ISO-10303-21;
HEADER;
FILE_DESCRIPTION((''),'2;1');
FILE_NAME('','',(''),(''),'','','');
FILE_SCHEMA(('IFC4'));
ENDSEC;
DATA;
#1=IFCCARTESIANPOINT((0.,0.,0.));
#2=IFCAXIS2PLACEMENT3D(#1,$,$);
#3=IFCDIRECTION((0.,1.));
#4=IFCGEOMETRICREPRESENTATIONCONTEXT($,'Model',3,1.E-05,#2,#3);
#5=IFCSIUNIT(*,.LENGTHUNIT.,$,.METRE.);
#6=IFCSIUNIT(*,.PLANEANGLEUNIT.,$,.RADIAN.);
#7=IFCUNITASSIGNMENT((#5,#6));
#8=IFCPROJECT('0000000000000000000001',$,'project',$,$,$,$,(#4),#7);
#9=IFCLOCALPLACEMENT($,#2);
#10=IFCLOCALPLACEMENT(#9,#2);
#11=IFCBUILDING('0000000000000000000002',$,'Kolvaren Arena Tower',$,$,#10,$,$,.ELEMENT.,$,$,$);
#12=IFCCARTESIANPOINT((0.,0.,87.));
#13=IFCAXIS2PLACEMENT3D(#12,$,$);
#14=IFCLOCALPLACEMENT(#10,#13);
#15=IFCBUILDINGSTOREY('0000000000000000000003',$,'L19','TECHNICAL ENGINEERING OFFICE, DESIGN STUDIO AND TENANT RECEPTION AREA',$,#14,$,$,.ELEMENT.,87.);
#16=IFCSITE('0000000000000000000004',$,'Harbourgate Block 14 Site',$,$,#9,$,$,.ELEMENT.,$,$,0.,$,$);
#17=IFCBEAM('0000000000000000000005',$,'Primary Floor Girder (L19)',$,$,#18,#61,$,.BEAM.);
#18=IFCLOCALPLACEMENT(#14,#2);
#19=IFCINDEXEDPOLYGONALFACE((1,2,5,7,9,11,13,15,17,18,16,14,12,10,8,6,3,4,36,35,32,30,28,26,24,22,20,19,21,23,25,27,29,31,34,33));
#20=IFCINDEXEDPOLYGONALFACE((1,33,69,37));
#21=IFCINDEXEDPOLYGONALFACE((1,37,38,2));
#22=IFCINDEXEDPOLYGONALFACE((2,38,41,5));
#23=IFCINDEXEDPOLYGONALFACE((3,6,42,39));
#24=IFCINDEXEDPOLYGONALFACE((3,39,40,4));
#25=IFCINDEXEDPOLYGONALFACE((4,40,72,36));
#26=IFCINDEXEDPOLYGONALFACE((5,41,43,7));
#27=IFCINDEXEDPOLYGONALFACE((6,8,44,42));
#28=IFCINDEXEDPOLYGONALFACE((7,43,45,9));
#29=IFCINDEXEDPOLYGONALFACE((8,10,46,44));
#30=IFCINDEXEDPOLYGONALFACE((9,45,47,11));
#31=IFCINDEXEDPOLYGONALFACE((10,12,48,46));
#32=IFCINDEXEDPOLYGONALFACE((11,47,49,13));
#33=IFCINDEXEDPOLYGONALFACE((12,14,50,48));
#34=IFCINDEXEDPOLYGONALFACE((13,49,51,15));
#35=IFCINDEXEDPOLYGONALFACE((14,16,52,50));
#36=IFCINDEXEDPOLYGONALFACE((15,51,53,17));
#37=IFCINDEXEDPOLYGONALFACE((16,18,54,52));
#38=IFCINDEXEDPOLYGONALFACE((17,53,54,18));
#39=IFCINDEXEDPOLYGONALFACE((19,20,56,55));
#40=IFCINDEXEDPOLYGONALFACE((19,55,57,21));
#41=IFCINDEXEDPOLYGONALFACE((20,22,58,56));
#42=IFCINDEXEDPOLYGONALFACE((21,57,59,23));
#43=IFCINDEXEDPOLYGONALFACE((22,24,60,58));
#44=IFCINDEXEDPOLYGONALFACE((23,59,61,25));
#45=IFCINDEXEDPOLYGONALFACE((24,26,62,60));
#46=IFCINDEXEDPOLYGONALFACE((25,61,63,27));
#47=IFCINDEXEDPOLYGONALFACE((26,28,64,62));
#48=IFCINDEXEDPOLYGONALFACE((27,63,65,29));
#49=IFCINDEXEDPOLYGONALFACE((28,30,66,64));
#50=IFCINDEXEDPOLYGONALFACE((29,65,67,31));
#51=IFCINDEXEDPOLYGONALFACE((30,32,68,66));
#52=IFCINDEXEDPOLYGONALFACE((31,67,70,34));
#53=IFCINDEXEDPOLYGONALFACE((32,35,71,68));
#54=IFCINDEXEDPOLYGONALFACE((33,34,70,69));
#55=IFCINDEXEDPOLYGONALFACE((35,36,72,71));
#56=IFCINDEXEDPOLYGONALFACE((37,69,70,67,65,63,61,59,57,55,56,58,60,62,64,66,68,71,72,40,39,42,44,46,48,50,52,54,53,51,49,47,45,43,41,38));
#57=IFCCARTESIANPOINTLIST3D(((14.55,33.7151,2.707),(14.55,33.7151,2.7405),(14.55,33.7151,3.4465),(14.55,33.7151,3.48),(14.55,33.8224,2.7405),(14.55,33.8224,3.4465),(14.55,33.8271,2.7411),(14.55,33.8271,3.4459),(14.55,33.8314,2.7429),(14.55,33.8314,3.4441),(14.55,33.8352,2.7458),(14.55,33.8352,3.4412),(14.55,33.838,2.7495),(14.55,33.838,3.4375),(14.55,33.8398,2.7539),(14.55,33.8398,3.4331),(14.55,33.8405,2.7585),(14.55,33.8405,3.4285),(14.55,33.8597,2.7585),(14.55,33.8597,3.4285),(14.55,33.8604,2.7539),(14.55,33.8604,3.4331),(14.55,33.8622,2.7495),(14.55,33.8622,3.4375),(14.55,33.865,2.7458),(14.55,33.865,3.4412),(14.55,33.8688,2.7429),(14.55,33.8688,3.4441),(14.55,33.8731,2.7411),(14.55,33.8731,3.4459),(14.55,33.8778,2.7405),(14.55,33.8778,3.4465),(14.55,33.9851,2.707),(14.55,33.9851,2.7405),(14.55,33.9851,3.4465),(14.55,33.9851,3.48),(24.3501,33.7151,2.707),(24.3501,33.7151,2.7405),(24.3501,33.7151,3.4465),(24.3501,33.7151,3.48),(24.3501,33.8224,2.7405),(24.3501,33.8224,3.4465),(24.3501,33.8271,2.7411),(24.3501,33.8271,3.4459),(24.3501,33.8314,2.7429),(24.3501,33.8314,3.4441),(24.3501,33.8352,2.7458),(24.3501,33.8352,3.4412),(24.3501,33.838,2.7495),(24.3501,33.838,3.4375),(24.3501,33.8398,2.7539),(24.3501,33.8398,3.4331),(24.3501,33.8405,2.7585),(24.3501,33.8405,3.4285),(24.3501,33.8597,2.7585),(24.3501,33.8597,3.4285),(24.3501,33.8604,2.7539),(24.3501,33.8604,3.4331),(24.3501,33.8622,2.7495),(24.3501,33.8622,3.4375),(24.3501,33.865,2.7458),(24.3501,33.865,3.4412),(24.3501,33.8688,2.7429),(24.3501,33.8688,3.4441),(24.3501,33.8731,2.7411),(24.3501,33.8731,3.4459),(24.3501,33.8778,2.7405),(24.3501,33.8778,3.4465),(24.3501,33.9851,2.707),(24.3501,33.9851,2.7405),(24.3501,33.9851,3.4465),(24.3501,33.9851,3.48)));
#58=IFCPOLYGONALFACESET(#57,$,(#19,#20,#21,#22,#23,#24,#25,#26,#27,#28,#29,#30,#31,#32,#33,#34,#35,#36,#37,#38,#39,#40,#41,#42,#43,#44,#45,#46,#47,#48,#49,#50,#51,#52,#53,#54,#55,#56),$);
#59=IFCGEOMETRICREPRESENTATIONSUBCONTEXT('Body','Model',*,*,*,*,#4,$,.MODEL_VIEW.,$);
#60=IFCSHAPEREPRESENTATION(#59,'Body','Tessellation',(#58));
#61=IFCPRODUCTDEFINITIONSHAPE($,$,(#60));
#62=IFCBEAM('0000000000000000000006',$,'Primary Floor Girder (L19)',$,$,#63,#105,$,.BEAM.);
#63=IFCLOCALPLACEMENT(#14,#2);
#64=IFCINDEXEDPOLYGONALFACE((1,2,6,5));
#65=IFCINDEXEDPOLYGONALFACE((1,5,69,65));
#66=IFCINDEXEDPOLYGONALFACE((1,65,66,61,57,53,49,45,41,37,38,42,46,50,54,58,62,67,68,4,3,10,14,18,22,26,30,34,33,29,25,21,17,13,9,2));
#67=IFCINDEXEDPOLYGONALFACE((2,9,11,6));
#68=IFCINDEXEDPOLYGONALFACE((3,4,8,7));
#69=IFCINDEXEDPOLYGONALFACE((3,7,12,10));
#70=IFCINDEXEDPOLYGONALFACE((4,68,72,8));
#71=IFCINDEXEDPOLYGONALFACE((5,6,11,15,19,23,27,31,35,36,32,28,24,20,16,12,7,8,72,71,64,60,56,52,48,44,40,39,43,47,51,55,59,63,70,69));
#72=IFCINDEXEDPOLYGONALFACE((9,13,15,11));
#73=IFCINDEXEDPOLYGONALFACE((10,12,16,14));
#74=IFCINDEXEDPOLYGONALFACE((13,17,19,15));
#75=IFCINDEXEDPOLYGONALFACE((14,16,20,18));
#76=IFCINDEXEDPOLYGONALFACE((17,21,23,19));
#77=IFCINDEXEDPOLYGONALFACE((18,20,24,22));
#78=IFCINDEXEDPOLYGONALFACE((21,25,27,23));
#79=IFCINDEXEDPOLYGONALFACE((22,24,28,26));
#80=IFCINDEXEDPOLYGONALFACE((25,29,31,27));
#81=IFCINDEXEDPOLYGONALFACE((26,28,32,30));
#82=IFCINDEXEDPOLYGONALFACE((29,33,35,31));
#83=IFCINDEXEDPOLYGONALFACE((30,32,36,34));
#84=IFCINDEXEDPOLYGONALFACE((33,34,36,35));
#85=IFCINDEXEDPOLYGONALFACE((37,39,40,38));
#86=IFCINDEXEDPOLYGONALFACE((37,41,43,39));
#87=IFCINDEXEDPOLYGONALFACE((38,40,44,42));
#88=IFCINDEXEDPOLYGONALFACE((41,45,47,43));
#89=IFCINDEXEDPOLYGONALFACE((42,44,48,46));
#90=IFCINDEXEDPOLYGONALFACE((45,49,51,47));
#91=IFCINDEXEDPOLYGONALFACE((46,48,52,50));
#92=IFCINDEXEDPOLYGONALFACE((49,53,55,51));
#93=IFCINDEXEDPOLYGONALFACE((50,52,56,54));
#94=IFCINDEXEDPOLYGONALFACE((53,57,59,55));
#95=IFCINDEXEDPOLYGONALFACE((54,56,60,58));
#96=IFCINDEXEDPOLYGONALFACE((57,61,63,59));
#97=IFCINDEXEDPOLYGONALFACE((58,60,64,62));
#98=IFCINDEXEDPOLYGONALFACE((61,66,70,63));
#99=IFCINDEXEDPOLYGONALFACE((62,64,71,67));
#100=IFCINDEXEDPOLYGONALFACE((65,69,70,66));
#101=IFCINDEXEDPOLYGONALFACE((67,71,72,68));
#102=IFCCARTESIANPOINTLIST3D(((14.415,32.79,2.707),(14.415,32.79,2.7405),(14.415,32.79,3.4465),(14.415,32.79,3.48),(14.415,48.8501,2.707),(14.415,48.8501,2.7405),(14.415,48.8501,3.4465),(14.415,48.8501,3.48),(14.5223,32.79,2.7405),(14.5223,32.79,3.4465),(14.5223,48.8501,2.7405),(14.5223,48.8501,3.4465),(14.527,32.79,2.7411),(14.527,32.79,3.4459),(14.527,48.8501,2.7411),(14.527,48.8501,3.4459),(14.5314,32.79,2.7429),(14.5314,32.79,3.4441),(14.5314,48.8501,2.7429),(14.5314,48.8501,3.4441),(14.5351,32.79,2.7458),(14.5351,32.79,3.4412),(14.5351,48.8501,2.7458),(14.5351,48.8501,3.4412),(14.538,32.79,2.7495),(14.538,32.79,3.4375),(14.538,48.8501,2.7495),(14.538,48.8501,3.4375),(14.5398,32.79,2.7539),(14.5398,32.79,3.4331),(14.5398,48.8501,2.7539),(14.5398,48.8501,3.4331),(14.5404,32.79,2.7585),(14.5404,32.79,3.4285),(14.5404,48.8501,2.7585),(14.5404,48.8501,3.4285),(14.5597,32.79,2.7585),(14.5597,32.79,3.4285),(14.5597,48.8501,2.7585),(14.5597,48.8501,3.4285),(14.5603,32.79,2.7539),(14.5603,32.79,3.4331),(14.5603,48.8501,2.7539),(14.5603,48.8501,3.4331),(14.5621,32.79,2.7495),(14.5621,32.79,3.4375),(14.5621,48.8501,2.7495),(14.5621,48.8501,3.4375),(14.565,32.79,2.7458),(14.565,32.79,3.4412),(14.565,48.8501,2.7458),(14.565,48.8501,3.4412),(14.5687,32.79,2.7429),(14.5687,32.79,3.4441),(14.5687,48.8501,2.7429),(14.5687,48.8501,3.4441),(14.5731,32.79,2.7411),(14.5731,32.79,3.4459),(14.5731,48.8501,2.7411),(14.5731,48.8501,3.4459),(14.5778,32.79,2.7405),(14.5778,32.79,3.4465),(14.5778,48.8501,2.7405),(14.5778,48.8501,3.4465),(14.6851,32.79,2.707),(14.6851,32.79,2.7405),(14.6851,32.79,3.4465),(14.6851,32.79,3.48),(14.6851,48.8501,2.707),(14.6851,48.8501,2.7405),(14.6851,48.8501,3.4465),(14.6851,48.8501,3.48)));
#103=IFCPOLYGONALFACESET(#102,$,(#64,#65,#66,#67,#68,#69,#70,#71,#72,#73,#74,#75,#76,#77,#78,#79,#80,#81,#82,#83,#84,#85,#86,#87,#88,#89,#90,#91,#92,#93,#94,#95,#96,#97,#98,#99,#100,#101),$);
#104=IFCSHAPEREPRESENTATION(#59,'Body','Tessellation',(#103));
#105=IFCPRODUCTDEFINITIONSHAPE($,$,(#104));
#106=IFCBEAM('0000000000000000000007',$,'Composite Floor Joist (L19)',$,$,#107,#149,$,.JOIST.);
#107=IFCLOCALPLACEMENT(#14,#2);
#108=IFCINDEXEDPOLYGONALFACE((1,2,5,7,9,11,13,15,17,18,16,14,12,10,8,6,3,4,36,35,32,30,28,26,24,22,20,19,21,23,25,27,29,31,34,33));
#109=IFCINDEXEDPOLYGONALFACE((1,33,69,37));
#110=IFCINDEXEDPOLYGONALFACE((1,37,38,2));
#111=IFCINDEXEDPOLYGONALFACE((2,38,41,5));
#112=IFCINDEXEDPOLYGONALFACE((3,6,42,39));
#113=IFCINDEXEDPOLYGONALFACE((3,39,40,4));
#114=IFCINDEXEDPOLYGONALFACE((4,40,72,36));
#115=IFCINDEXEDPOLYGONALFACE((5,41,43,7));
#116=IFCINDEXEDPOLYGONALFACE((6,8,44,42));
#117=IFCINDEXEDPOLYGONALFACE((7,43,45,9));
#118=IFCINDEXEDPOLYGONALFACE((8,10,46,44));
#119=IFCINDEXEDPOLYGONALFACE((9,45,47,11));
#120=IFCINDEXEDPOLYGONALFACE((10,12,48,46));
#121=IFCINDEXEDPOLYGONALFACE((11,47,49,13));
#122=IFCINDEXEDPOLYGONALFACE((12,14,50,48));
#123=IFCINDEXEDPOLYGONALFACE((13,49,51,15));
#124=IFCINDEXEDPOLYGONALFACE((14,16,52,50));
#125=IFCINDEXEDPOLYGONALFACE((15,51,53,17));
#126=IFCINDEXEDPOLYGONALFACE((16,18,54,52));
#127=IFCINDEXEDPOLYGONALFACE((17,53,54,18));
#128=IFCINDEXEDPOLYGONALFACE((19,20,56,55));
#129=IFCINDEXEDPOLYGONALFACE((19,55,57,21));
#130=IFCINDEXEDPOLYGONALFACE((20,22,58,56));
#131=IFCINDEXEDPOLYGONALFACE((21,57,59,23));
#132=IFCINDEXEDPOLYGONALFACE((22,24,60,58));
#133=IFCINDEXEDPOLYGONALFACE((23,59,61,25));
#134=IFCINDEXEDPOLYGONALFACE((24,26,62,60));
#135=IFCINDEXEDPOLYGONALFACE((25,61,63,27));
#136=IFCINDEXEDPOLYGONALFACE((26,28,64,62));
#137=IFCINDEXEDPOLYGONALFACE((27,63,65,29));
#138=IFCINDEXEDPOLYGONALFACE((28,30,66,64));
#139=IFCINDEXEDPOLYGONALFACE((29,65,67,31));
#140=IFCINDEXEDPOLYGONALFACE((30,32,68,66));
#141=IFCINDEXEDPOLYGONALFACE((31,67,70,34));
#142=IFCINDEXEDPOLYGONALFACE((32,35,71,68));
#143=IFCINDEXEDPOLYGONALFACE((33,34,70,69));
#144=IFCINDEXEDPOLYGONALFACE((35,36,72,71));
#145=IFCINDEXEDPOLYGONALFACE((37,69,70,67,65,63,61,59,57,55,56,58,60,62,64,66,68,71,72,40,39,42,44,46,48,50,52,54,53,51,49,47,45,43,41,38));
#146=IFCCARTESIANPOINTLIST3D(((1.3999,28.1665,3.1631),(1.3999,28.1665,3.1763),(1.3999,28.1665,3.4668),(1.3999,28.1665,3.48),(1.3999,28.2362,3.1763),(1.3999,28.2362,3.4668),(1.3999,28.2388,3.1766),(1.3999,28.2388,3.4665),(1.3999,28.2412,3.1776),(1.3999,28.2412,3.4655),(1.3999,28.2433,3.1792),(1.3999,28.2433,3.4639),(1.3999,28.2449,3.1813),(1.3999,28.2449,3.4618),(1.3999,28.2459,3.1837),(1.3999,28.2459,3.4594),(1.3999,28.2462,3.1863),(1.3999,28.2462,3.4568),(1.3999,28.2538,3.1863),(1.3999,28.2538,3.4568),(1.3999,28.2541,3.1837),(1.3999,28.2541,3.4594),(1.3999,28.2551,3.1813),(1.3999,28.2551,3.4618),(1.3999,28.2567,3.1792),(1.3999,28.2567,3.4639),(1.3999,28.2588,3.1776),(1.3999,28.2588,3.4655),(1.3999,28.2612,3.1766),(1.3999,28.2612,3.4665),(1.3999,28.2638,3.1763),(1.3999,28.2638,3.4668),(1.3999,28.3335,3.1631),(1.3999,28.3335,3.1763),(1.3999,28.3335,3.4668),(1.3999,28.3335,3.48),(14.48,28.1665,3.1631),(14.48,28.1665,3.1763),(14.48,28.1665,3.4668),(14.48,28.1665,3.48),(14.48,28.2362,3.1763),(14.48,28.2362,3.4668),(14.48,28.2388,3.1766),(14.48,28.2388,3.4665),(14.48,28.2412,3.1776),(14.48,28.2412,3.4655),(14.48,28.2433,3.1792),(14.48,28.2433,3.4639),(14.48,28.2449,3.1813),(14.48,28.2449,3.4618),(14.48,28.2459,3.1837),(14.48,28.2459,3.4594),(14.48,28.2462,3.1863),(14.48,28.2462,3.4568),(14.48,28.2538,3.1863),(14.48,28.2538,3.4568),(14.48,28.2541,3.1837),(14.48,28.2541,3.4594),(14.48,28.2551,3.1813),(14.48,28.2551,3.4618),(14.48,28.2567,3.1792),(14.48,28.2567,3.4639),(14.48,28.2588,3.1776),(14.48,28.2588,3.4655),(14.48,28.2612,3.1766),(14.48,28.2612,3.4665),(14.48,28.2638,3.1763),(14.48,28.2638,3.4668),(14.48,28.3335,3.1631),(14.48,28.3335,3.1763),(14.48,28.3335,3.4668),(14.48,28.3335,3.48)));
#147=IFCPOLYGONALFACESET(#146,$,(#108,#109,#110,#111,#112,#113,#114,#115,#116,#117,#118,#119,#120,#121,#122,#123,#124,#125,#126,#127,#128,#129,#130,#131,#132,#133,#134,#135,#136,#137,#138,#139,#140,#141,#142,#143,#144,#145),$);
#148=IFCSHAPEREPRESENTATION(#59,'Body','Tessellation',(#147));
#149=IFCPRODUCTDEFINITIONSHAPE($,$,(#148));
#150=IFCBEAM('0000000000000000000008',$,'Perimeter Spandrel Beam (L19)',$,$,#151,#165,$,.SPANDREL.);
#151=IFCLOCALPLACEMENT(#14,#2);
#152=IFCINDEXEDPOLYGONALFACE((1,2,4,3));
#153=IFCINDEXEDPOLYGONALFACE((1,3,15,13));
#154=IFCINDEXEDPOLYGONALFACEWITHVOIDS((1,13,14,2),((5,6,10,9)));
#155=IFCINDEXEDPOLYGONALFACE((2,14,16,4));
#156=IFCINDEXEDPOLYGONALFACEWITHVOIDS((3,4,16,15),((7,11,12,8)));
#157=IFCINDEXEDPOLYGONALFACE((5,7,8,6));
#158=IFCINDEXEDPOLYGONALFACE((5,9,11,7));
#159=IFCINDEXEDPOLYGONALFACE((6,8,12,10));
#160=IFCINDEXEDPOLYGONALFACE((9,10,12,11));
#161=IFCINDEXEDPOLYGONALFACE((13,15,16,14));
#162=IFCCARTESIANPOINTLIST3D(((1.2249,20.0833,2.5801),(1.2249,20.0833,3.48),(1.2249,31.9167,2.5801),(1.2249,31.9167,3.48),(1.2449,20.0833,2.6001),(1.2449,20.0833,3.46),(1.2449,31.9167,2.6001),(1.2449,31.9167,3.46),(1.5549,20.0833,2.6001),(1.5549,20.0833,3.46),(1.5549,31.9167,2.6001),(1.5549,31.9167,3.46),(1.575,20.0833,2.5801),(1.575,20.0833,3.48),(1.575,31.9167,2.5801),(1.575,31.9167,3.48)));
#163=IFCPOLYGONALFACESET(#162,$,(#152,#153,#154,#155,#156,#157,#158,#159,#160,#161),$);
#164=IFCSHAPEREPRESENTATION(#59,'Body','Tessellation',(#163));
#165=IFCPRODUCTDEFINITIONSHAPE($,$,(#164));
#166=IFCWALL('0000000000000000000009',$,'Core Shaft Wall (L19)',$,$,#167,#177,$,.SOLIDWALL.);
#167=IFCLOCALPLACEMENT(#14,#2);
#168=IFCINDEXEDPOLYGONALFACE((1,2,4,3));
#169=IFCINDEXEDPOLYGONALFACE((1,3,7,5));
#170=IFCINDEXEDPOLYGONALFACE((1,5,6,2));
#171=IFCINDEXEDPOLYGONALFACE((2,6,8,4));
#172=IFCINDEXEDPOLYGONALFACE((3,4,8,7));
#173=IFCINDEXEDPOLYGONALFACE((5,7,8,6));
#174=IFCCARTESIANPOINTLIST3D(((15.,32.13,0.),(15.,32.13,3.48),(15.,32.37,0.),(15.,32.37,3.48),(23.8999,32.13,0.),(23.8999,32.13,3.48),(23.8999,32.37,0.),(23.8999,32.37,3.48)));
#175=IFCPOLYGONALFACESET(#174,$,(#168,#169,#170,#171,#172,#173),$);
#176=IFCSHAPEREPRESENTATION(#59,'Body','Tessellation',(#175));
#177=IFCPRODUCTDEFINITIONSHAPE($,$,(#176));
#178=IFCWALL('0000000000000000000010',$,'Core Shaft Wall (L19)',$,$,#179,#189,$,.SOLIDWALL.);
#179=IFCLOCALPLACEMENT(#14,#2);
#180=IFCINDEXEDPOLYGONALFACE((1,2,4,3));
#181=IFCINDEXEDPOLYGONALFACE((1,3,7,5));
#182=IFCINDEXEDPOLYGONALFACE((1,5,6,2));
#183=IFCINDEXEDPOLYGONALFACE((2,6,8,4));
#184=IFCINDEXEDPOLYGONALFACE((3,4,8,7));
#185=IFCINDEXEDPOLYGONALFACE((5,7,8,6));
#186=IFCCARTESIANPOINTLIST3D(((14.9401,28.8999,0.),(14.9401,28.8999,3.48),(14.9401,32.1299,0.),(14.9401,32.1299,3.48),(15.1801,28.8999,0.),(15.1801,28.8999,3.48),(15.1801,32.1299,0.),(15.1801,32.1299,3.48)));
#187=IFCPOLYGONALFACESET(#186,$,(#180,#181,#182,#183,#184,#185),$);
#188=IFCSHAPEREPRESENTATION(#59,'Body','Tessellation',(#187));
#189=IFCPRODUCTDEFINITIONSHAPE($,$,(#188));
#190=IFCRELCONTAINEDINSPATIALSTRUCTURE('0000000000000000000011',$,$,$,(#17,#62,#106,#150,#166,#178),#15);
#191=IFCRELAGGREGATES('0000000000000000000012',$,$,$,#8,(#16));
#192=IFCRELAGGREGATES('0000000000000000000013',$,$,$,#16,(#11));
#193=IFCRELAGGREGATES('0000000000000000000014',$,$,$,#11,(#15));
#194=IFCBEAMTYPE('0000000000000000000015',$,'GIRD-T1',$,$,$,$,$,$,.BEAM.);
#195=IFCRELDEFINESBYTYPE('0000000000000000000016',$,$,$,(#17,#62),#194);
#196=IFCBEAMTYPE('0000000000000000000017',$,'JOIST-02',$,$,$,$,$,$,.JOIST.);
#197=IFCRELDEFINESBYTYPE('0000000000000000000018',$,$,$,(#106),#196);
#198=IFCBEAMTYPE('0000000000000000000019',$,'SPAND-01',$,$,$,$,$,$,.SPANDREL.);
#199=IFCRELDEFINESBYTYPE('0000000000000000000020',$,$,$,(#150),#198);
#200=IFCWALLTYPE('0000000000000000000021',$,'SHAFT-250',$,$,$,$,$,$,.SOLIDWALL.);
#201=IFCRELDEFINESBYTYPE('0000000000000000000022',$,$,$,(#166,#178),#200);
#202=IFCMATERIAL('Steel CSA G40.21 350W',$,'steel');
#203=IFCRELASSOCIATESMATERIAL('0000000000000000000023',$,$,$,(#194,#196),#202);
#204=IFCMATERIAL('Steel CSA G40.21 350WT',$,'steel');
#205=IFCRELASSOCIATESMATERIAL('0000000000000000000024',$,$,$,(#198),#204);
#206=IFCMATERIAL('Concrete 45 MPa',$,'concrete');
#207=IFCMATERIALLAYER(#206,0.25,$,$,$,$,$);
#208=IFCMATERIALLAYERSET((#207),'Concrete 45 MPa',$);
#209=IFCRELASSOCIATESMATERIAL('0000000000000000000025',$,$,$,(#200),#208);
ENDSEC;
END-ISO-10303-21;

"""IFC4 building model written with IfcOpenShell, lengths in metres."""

from ifc_helpers import new_model, si_unit, direction, frame, frame_2d, origin, origin_2d, place, context, subcontext, project, spatial, rectangle, hollow_rectangle, i_section, extrude, material, layer, layer_set, material_profile, profile_set, type_object, element, save


model = new_model("IFC4")

# Units and contexts
model_context = context("Model", 3, precision=1e-05, world=origin(), true_north=direction((0.0, 1.0)))
body_context = subcontext(model_context, "Body", "Model", "MODEL_VIEW")
ifc_project = project(units=[si_unit("LENGTHUNIT", "METRE"), si_unit("PLANEANGLEUNIT", "RADIAN")], contexts=[model_context])

# Site, building, storey
site_placement = place(None, origin())
site = spatial("IfcSite", under=ifc_project, at=site_placement, Name="Harbourgate Block 14 Site", CompositionType="ELEMENT", RefElevation=0.0)
building_placement = place(site_placement, origin())
building = spatial("IfcBuilding", under=site, at=building_placement, Name="Kolvaren Arena Tower", CompositionType="ELEMENT")
storey_placement = place(building_placement, frame((0.0, 0.0, 87.0)))
storey = spatial("IfcBuildingStorey", under=building, at=storey_placement, Name="L19", Description="TECHNICAL ENGINEERING OFFICE, DESIGN STUDIO AND TENANT RECEPTION AREA", CompositionType="ELEMENT", Elevation=87.0)

# Beams
ifc_material_1 = material(Name="Steel CSA G40.21 350W", Category="steel")
ifc_material_profile_1 = material_profile(ifc_material_1, i_section(OverallWidth=0.27, OverallDepth=0.7729, WebThickness=0.0193, FlangeThickness=0.0334, FilletRadius=0.0181, at=origin_2d()), Name="W760x257")
ifc_profile_set_1 = profile_set([ifc_material_profile_1], Name="Steel CSA G40.21 350W")
beam_type_1 = type_object("IfcBeamType", Name="GIRD-T1", PredefinedType="BEAM", material=ifc_profile_set_1)
beam_1_placement = place(storey_placement, frame((14.55, 33.8501, 3.0935), z_axis=(1.0, 0.0, 0.0), x_axis=(0.0, 1.0, 0.0)))
element("IfcBeam", 1, at=beam_1_placement, inside=storey, type_object=beam_type_1, Name="Primary Floor Girder (L19)", PredefinedType="BEAM", context=body_context, shape_type="SweptSolid", body=[
    extrude(i_section(OverallWidth=0.27, OverallDepth=0.7729, WebThickness=0.0193, FlangeThickness=0.0334, FilletRadius=0.0181, at=origin_2d()), origin(), (0.0, 0.0, 1.0), 9.8),
])
beam_2_placement = place(storey_placement, frame((14.55, 32.79, 3.0935), z_axis=(0.0, 1.0, 0.0), x_axis=(-1.0, 0.0, 0.0)))
element("IfcBeam", 2, at=beam_2_placement, inside=storey, type_object=beam_type_1, Name="Primary Floor Girder (L19)", PredefinedType="BEAM", context=body_context, shape_type="SweptSolid", body=[
    extrude(i_section(OverallWidth=0.27, OverallDepth=0.7729, WebThickness=0.0193, FlangeThickness=0.0334, FilletRadius=0.0181, at=origin_2d()), origin(), (0.0, 0.0, 1.0), 16.0601),
])
ifc_material_profile_2 = material_profile(ifc_material_1, i_section(OverallWidth=0.167, OverallDepth=0.3169, WebThickness=0.0076, FlangeThickness=0.0132, FilletRadius=0.01, at=origin_2d()), Name="W310x52")
ifc_profile_set_2 = profile_set([ifc_material_profile_2], Name="Steel CSA G40.21 350W")
beam_type_2 = type_object("IfcBeamType", Name="JOIST-02", PredefinedType="JOIST", material=ifc_profile_set_2)
beam_3_placement = place(storey_placement, frame((1.3999, 28.25, 3.3215), z_axis=(1.0, 0.0, 0.0), x_axis=(0.0, 1.0, 0.0)))
element("IfcBeam", 3, at=beam_3_placement, inside=storey, type_object=beam_type_2, Name="Composite Floor Joist (L19)", PredefinedType="JOIST", context=body_context, shape_type="SweptSolid", body=[
    extrude(i_section(OverallWidth=0.167, OverallDepth=0.3169, WebThickness=0.0076, FlangeThickness=0.0132, FilletRadius=0.01, at=origin_2d()), origin(), (0.0, 0.0, 1.0), 13.0801),
])
ifc_material_2 = material(Name="Steel CSA G40.21 350WT", Category="steel")
ifc_material_profile_3 = material_profile(ifc_material_2, hollow_rectangle(XDim=0.3501, YDim=0.8999, WallThickness=0.02, at=origin_2d()), Name="HSS 900x350x20")
ifc_profile_set_3 = profile_set([ifc_material_profile_3], Name="Steel CSA G40.21 350WT")
beam_type_3 = type_object("IfcBeamType", Name="SPAND-01", PredefinedType="SPANDREL", material=ifc_profile_set_3)
beam_4_placement = place(storey_placement, frame((1.3999, 31.9167, 3.03), z_axis=(0.0, -1.0, 0.0), x_axis=(1.0, 0.0, 0.0)))
element("IfcBeam", 4, at=beam_4_placement, inside=storey, type_object=beam_type_3, Name="Perimeter Spandrel Beam (L19)", PredefinedType="SPANDREL", context=body_context, shape_type="SweptSolid", body=[
    extrude(hollow_rectangle(XDim=0.3501, YDim=0.8999, WallThickness=0.02, at=origin_2d()), origin(), (0.0, 0.0, 1.0), 11.8335),
])

# Walls
ifc_material_3 = material(Name="Concrete 45 MPa", Category="concrete")
ifc_layer = layer(ifc_material_3, 0.25)
ifc_layer_set = layer_set([ifc_layer], Name="Concrete 45 MPa")
wall_type = type_object("IfcWallType", Name="SHAFT-250", PredefinedType="SOLIDWALL", material=ifc_layer_set)
wall_1_placement = place(storey_placement, frame((15.0, 32.25, 0.0), z_axis=(0.0, 0.0, 1.0), x_axis=(1.0, 0.0, 0.0)))
element("IfcWall", 5, at=wall_1_placement, inside=storey, type_object=wall_type, Name="Core Shaft Wall (L19)", PredefinedType="SOLIDWALL", context=body_context, shape_type="SweptSolid", body=[
    extrude(rectangle(XDim=8.8999, YDim=0.24, at=frame_2d((4.45, 0.0))), origin(), (0.0, 0.0, 1.0), 3.48),
])
wall_2_placement = place(storey_placement, frame((15.0601, 28.8999, 0.0), z_axis=(0.0, 0.0, 1.0), x_axis=(0.0, 1.0, 0.0)))
element("IfcWall", 6, at=wall_2_placement, inside=storey, type_object=wall_type, Name="Core Shaft Wall (L19)", PredefinedType="SOLIDWALL", context=body_context, shape_type="SweptSolid", body=[
    extrude(rectangle(XDim=3.23, YDim=0.24, at=frame_2d((1.615, 0.0))), origin(), (0.0, 0.0, 1.0), 3.48),
])

save(model, "model.ifc")
